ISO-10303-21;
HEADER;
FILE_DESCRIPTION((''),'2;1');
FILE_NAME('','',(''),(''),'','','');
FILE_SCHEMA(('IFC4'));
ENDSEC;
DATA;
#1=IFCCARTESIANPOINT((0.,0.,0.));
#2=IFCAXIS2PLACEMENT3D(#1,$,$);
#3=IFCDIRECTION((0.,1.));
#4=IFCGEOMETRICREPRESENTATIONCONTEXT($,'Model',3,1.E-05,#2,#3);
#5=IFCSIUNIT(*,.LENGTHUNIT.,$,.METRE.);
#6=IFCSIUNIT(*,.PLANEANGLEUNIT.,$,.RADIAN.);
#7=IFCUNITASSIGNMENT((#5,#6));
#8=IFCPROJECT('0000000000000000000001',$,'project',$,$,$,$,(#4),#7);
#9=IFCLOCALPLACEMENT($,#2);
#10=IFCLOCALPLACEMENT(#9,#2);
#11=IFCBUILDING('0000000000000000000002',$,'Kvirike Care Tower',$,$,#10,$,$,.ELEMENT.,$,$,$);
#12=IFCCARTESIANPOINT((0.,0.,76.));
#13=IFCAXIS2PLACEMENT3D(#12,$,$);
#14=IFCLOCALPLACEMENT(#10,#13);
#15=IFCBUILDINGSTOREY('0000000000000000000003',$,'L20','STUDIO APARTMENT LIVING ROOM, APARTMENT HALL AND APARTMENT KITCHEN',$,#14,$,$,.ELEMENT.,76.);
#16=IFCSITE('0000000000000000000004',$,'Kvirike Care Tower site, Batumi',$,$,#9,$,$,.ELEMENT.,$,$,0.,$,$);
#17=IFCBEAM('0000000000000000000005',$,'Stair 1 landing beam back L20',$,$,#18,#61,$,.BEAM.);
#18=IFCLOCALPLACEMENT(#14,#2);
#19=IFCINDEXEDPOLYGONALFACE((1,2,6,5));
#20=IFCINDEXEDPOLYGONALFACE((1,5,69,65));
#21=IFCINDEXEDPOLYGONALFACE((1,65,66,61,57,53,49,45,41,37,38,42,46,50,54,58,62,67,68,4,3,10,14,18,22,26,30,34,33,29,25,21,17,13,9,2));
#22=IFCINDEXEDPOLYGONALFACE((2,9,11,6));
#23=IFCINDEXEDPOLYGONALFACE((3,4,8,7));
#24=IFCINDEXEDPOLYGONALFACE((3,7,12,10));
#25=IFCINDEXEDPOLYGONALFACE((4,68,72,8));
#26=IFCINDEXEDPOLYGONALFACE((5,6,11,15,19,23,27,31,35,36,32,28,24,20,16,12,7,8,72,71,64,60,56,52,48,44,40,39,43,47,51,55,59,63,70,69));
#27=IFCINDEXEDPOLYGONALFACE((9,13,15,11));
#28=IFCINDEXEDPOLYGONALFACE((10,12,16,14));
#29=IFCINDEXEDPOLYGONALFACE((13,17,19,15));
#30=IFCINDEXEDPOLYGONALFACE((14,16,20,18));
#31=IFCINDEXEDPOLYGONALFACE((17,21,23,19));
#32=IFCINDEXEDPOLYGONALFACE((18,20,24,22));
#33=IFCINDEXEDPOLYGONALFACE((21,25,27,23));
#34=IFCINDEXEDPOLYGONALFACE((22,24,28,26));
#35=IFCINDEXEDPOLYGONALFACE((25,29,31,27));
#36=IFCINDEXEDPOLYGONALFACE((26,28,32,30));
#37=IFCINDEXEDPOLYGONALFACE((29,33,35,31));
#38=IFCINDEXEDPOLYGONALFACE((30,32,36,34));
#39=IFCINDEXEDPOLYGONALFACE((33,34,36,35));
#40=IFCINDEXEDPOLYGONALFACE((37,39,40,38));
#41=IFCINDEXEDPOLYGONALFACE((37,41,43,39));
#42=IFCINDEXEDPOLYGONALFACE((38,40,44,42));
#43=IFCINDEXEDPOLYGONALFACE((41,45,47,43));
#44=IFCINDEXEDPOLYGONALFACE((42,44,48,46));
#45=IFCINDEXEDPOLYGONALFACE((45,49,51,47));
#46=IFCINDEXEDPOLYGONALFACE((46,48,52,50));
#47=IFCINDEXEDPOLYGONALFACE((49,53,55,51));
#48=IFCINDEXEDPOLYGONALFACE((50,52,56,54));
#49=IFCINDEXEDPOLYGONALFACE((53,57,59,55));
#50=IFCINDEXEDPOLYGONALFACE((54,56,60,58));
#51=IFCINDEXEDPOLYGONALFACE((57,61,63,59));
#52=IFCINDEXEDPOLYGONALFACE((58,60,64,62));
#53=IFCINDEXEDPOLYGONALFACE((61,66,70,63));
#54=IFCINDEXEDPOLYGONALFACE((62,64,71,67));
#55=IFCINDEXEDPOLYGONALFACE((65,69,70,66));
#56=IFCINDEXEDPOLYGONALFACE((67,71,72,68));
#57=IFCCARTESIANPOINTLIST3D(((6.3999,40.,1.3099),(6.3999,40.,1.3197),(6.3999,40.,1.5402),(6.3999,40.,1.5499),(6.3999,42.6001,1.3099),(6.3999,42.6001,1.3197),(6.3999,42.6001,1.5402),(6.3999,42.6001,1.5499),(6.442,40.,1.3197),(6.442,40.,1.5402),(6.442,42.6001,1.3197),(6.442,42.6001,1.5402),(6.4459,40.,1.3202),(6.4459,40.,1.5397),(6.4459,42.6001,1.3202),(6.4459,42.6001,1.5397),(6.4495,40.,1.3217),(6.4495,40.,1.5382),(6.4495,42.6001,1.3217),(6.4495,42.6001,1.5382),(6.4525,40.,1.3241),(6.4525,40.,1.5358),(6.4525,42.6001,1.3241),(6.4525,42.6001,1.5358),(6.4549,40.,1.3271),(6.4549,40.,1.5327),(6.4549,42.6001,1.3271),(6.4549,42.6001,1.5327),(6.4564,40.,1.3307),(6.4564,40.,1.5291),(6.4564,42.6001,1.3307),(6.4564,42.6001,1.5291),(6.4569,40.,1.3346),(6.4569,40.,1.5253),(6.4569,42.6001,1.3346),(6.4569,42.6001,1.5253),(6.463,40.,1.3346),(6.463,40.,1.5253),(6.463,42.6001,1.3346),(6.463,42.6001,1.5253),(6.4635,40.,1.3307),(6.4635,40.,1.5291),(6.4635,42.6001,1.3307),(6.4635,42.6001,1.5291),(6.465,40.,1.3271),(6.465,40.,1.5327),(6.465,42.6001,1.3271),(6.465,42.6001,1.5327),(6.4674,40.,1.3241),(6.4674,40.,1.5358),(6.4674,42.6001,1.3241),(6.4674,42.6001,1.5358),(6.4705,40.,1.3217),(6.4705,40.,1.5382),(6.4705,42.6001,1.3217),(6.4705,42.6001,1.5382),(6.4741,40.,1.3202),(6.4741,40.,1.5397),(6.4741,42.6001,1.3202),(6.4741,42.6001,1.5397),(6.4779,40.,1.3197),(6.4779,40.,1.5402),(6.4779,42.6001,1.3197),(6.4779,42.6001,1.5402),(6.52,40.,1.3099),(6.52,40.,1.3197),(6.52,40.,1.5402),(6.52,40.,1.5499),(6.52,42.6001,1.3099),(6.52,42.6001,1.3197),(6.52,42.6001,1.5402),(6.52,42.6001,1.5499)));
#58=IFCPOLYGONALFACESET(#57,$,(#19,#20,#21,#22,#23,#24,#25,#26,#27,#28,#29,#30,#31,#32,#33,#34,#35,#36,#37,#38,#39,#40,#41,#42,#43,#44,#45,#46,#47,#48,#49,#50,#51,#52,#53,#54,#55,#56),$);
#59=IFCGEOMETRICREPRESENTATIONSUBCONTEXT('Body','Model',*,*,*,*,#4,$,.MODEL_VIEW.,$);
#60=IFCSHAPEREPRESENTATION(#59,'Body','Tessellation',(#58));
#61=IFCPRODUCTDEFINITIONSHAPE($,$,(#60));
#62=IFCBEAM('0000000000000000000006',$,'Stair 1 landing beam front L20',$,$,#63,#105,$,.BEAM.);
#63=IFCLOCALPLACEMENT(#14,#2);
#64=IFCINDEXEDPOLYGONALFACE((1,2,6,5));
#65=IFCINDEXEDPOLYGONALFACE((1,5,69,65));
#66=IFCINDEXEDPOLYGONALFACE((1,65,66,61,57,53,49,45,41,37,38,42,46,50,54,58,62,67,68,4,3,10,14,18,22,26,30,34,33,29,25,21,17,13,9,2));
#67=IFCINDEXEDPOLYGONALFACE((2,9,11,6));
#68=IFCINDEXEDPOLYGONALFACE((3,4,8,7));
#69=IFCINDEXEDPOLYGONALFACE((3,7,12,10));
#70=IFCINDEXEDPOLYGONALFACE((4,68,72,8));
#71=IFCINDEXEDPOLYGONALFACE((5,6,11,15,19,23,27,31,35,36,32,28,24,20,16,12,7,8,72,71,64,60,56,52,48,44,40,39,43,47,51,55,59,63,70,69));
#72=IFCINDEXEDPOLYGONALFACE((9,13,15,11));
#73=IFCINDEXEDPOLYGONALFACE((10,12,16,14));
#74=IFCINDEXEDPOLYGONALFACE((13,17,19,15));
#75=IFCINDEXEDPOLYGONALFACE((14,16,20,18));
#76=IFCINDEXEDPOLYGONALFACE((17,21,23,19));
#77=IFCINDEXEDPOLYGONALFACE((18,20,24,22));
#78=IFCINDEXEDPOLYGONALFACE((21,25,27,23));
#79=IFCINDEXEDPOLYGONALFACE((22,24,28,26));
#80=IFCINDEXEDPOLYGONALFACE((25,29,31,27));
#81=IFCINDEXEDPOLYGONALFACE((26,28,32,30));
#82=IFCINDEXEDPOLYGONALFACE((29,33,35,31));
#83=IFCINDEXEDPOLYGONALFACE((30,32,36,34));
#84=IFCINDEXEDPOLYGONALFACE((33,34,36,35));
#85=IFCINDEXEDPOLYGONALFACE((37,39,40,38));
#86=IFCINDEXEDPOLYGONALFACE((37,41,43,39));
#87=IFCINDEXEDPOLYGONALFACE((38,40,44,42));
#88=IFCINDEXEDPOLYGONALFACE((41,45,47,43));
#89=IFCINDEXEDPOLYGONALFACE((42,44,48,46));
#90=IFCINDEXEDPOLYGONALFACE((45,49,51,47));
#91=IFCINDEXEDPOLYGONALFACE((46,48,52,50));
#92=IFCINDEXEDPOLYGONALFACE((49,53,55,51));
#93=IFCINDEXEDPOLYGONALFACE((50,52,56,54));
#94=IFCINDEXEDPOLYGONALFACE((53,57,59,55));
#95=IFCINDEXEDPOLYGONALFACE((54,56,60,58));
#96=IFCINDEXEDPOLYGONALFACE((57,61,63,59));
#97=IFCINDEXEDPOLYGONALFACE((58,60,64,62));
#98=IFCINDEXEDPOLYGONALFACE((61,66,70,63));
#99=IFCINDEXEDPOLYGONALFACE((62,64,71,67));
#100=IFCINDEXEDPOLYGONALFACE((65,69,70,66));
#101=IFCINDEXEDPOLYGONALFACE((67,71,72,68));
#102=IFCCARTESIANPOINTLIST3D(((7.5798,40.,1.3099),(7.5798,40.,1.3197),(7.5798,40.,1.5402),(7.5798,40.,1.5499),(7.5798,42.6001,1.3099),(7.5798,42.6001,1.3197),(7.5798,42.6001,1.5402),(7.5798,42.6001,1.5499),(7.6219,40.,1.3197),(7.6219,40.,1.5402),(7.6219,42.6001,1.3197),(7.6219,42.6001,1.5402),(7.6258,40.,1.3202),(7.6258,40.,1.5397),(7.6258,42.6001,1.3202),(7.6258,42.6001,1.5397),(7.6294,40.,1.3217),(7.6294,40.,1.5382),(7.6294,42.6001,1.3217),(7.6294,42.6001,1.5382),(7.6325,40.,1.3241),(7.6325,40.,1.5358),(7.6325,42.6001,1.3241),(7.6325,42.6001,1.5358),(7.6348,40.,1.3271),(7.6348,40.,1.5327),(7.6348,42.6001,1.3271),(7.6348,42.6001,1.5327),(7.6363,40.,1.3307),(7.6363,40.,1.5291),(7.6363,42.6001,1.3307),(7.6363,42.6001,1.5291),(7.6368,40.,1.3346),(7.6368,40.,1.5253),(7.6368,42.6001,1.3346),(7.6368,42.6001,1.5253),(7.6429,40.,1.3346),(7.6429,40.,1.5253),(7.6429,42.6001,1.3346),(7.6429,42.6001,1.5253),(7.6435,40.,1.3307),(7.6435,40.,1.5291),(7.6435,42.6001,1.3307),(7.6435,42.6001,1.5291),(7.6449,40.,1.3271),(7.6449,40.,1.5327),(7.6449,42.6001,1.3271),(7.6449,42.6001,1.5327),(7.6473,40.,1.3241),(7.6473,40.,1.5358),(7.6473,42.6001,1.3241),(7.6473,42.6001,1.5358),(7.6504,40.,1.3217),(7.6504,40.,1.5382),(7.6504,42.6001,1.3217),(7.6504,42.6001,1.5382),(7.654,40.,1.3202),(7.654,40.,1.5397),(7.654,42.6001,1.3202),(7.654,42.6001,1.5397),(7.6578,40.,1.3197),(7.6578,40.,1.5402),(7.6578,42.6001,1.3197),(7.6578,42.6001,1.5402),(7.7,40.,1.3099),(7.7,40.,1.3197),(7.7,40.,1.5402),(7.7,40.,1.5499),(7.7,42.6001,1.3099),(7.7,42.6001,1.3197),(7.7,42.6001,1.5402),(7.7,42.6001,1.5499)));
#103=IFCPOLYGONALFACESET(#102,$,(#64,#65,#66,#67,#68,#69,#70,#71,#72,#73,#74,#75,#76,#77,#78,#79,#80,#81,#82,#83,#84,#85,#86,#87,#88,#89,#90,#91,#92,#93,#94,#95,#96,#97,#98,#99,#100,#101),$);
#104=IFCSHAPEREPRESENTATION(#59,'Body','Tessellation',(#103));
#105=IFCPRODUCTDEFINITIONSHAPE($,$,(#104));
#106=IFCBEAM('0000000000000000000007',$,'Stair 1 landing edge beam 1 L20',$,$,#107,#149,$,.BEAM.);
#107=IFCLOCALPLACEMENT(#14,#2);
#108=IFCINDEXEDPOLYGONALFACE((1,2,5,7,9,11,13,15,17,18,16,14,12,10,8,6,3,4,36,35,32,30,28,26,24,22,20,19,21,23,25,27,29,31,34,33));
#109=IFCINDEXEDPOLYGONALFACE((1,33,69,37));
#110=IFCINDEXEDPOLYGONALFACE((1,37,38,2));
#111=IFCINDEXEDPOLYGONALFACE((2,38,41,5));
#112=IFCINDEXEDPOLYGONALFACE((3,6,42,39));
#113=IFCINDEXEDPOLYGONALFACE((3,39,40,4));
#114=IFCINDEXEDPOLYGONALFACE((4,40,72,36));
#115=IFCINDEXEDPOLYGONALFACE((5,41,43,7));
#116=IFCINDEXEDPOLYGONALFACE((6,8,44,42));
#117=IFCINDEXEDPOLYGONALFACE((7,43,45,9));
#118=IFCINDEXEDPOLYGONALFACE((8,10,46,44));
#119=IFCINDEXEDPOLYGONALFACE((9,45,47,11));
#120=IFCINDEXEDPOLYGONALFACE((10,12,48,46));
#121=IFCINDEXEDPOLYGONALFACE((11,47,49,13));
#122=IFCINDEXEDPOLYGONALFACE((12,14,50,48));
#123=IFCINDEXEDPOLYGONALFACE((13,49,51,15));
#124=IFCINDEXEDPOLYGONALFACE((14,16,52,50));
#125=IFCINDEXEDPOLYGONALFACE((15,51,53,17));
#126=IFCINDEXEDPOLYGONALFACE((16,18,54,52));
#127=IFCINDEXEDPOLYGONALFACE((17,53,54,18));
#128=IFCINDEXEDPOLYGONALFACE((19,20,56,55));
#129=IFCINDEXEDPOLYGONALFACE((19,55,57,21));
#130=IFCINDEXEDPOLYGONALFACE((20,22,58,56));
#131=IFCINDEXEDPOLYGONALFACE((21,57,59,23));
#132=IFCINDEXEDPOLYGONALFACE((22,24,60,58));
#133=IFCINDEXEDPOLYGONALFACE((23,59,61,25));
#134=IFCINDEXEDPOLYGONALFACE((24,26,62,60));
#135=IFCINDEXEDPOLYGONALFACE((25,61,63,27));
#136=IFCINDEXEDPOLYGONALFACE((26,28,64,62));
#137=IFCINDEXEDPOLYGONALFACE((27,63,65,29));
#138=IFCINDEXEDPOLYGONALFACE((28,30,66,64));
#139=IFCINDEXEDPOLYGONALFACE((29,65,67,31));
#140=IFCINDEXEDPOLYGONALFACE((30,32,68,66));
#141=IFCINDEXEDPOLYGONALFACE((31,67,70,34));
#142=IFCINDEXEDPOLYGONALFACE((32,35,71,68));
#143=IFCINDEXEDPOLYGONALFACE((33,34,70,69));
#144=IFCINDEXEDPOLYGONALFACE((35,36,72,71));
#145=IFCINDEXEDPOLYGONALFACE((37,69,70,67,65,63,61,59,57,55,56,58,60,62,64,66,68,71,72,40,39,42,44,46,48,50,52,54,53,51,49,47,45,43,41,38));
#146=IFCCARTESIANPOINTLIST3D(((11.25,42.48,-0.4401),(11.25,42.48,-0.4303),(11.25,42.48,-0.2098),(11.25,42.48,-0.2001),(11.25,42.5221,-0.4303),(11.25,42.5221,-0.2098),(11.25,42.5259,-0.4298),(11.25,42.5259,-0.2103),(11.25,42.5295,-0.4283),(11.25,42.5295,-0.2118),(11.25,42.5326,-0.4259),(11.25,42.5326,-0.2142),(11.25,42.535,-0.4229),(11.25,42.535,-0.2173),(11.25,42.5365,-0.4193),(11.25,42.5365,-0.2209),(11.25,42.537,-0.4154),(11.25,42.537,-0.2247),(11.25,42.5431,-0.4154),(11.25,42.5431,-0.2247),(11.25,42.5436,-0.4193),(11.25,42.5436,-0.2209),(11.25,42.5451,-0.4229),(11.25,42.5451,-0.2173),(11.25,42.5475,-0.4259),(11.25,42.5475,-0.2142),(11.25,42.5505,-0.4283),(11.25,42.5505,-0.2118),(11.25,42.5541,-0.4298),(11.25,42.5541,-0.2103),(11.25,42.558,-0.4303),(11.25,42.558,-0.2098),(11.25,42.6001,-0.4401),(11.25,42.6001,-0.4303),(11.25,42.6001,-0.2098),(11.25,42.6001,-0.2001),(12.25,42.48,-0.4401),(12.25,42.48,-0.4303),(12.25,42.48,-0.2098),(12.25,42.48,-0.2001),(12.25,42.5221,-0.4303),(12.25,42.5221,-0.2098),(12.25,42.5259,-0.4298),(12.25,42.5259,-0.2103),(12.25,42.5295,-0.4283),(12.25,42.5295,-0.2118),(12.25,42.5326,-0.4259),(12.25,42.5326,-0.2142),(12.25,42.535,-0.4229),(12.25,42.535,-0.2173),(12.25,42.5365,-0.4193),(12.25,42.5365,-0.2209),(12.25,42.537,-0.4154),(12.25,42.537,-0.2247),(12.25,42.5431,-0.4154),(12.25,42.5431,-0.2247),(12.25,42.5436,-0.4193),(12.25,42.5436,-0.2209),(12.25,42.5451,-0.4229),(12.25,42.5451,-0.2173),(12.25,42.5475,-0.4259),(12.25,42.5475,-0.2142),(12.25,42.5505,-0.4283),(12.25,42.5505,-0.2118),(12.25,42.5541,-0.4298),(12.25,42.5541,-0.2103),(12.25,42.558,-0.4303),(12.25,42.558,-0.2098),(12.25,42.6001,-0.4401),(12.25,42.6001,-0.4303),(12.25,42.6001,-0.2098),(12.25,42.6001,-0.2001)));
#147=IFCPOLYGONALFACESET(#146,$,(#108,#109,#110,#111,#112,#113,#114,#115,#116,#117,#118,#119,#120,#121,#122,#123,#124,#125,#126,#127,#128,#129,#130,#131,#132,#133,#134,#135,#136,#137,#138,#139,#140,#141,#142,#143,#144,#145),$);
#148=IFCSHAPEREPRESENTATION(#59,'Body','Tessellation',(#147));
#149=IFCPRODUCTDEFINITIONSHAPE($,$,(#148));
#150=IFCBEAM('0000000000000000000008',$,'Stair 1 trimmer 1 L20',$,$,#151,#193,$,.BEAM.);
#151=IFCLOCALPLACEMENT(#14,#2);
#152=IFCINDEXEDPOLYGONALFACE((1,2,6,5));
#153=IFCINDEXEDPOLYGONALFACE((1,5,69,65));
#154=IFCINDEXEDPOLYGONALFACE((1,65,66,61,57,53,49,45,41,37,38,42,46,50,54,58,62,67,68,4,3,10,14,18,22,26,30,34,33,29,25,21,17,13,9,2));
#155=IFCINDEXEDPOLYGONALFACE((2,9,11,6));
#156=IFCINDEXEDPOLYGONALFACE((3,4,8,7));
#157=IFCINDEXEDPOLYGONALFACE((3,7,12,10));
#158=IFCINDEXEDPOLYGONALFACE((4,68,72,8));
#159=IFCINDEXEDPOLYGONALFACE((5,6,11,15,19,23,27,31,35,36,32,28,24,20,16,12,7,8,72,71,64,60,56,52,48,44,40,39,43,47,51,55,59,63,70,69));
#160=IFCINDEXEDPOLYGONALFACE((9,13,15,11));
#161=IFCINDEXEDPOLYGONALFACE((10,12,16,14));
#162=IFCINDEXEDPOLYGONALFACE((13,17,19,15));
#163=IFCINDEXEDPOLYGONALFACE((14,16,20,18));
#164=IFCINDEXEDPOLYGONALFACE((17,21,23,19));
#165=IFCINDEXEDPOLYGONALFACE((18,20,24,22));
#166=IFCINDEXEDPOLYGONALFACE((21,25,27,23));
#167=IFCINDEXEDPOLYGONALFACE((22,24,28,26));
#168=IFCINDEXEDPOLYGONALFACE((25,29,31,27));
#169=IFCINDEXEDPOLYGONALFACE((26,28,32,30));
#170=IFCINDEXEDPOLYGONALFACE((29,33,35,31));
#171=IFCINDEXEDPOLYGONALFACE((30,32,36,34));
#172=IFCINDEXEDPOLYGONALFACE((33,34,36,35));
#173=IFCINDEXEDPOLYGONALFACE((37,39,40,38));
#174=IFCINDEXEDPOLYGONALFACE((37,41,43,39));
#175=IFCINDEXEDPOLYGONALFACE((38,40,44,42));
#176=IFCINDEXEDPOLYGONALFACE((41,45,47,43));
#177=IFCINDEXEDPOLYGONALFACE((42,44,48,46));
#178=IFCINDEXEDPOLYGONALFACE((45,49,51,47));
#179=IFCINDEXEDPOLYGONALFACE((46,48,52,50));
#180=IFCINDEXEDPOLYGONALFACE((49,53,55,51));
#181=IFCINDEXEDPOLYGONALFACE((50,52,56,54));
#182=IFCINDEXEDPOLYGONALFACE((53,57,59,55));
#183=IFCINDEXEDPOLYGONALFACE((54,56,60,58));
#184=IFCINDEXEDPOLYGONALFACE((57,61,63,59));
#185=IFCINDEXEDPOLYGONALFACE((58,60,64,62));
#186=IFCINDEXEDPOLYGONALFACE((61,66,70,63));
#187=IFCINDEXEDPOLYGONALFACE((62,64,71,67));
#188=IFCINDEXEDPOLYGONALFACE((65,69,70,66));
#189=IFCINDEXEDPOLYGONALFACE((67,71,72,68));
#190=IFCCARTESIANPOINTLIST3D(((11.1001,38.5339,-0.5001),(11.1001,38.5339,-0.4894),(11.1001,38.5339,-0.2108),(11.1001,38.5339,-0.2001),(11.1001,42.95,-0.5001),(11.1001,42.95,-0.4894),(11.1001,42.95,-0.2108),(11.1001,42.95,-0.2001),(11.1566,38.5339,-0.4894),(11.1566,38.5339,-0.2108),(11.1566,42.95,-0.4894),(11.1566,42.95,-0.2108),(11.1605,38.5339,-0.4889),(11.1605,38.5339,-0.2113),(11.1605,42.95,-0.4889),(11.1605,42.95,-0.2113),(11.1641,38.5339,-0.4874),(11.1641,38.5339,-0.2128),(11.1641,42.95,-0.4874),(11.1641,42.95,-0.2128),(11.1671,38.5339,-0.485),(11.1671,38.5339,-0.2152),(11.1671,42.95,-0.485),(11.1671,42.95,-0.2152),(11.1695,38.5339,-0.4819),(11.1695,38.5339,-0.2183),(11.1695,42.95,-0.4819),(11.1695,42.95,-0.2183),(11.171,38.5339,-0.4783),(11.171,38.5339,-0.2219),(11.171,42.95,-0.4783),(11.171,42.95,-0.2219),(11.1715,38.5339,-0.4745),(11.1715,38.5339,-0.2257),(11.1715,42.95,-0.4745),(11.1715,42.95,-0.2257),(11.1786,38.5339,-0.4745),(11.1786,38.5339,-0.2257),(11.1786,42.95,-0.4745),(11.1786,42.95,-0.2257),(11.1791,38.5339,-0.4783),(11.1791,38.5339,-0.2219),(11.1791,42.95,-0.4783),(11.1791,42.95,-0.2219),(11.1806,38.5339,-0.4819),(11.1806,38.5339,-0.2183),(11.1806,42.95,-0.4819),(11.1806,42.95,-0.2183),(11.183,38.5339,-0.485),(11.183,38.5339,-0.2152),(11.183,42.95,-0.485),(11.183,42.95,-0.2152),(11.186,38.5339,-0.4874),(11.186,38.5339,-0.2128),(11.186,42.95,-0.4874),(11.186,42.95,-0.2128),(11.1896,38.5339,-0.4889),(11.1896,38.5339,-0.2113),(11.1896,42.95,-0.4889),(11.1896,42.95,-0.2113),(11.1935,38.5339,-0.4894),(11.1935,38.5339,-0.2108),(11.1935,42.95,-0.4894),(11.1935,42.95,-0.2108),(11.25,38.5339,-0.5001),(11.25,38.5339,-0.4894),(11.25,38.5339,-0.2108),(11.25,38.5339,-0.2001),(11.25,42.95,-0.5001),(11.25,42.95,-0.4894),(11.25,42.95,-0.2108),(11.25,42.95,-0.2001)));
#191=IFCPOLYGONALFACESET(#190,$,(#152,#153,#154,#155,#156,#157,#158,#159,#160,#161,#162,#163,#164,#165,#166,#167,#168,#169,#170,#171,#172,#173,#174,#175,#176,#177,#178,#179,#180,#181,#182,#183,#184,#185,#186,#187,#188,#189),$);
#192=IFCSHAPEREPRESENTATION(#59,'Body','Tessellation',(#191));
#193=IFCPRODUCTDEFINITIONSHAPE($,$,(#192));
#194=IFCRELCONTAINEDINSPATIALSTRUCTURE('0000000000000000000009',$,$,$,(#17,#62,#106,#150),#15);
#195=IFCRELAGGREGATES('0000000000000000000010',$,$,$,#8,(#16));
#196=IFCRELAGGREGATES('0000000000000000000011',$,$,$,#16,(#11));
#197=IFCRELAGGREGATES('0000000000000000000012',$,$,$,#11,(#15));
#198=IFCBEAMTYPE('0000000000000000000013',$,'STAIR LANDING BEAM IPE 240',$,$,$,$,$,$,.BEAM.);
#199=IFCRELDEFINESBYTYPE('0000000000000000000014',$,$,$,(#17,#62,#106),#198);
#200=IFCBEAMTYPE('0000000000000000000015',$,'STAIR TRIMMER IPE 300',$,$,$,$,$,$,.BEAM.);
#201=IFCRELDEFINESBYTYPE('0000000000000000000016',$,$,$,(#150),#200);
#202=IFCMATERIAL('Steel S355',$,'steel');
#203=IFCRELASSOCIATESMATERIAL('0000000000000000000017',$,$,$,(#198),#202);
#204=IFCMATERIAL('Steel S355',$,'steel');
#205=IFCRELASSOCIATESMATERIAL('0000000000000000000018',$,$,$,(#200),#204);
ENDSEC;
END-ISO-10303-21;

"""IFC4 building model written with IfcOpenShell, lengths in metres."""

from ifc_helpers import new_model, si_unit, direction, frame, origin, origin_2d, place, context, subcontext, project, spatial, i_section, extrude, material, material_profile, profile_set, type_object, element, save


model = new_model("IFC4")

# Units and contexts
model_context = context("Model", 3, precision=1e-05, world=origin(), true_north=direction((0.0, 1.0)))
body_context = subcontext(model_context, "Body", "Model", "MODEL_VIEW")
ifc_project = project(units=[si_unit("LENGTHUNIT", "METRE"), si_unit("PLANEANGLEUNIT", "RADIAN")], contexts=[model_context])

# Site, building, storey
site_placement = place(None, origin())
site = spatial("IfcSite", under=ifc_project, at=site_placement, Name="Kvirike Care Tower site, Batumi", CompositionType="ELEMENT", RefElevation=0.0)
building_placement = place(site_placement, origin())
building = spatial("IfcBuilding", under=site, at=building_placement, Name="Kvirike Care Tower", CompositionType="ELEMENT")
storey_placement = place(building_placement, frame((0.0, 0.0, 76.0)))
storey = spatial("IfcBuildingStorey", under=building, at=storey_placement, Name="L20", Description="STUDIO APARTMENT LIVING ROOM, APARTMENT HALL AND APARTMENT KITCHEN", CompositionType="ELEMENT", Elevation=76.0)

# Beams
ifc_material_1 = material(Name="Steel S355", Category="steel")
ifc_material_profile_1 = material_profile(ifc_material_1, i_section(OverallWidth=0.1201, OverallDepth=0.24, WebThickness=0.0061, FlangeThickness=0.0098, FilletRadius=0.0149, at=origin_2d()), Name="IPE 240")
ifc_profile_set_1 = profile_set([ifc_material_profile_1], Name="Steel S355")
beam_type_1 = type_object("IfcBeamType", Name="STAIR LANDING BEAM IPE 240", PredefinedType="BEAM", material=ifc_profile_set_1)
for number, where, z_axis, x_axis, name in (
    (1, (6.46, 42.6001, 1.4299), (0.0, -1.0, 0.0), (1.0, 0.0, 0.0), "Stair 1 landing beam back L20"),
    (2, (7.6399, 42.6001, 1.4299), (0.0, -1.0, 0.0), (1.0, 0.0, 0.0), "Stair 1 landing beam front L20"),
):
    element("IfcBeam", number, at=place(storey_placement, frame(where, z_axis=z_axis, x_axis=x_axis)), inside=storey, type_object=beam_type_1, Name=name, PredefinedType="BEAM", context=body_context, shape_type="SweptSolid", body=[
        extrude(i_section(OverallWidth=0.1201, OverallDepth=0.24, WebThickness=0.0061, FlangeThickness=0.0098, FilletRadius=0.0149, at=origin_2d()), origin(), (0.0, 0.0, 1.0), 2.6001),
    ])
beam_1_placement = place(storey_placement, frame((11.25, 42.54, -0.3201), z_axis=(1.0, 0.0, 0.0), x_axis=(0.0, 1.0, 0.0)))
element("IfcBeam", 3, at=beam_1_placement, inside=storey, type_object=beam_type_1, Name="Stair 1 landing edge beam 1 L20", PredefinedType="BEAM", context=body_context, shape_type="SweptSolid", body=[
    extrude(i_section(OverallWidth=0.1201, OverallDepth=0.24, WebThickness=0.0061, FlangeThickness=0.0098, FilletRadius=0.0149, at=origin_2d()), origin(), (0.0, 0.0, 1.0), 1.0),
])
ifc_material_2 = material(Name="Steel S355", Category="steel")
ifc_material_profile_2 = material_profile(ifc_material_2, i_section(OverallWidth=0.1499, OverallDepth=0.3, WebThickness=0.0071, FlangeThickness=0.0107, FilletRadius=0.0149, at=origin_2d()), Name="IPE 300")
ifc_profile_set_2 = profile_set([ifc_material_profile_2], Name="Steel S355")
beam_type_2 = type_object("IfcBeamType", Name="STAIR TRIMMER IPE 300", PredefinedType="BEAM", material=ifc_profile_set_2)
for number, where, z_axis, x_axis, name in (
    (4, (11.175, 42.95, -0.3501), (0.0, -1.0, 0.0), (1.0, 0.0, 0.0), "Stair 1 trimmer 1 L20"),
):
    element("IfcBeam", number, at=place(storey_placement, frame(where, z_axis=z_axis, x_axis=x_axis)), inside=storey, type_object=beam_type_2, Name=name, PredefinedType="BEAM", context=body_context, shape_type="SweptSolid", body=[
        extrude(i_section(OverallWidth=0.1499, OverallDepth=0.3, WebThickness=0.0071, FlangeThickness=0.0107, FilletRadius=0.0149, at=origin_2d()), origin(), (0.0, 0.0, 1.0), 4.416),
    ])

save(model, "model.ifc")
